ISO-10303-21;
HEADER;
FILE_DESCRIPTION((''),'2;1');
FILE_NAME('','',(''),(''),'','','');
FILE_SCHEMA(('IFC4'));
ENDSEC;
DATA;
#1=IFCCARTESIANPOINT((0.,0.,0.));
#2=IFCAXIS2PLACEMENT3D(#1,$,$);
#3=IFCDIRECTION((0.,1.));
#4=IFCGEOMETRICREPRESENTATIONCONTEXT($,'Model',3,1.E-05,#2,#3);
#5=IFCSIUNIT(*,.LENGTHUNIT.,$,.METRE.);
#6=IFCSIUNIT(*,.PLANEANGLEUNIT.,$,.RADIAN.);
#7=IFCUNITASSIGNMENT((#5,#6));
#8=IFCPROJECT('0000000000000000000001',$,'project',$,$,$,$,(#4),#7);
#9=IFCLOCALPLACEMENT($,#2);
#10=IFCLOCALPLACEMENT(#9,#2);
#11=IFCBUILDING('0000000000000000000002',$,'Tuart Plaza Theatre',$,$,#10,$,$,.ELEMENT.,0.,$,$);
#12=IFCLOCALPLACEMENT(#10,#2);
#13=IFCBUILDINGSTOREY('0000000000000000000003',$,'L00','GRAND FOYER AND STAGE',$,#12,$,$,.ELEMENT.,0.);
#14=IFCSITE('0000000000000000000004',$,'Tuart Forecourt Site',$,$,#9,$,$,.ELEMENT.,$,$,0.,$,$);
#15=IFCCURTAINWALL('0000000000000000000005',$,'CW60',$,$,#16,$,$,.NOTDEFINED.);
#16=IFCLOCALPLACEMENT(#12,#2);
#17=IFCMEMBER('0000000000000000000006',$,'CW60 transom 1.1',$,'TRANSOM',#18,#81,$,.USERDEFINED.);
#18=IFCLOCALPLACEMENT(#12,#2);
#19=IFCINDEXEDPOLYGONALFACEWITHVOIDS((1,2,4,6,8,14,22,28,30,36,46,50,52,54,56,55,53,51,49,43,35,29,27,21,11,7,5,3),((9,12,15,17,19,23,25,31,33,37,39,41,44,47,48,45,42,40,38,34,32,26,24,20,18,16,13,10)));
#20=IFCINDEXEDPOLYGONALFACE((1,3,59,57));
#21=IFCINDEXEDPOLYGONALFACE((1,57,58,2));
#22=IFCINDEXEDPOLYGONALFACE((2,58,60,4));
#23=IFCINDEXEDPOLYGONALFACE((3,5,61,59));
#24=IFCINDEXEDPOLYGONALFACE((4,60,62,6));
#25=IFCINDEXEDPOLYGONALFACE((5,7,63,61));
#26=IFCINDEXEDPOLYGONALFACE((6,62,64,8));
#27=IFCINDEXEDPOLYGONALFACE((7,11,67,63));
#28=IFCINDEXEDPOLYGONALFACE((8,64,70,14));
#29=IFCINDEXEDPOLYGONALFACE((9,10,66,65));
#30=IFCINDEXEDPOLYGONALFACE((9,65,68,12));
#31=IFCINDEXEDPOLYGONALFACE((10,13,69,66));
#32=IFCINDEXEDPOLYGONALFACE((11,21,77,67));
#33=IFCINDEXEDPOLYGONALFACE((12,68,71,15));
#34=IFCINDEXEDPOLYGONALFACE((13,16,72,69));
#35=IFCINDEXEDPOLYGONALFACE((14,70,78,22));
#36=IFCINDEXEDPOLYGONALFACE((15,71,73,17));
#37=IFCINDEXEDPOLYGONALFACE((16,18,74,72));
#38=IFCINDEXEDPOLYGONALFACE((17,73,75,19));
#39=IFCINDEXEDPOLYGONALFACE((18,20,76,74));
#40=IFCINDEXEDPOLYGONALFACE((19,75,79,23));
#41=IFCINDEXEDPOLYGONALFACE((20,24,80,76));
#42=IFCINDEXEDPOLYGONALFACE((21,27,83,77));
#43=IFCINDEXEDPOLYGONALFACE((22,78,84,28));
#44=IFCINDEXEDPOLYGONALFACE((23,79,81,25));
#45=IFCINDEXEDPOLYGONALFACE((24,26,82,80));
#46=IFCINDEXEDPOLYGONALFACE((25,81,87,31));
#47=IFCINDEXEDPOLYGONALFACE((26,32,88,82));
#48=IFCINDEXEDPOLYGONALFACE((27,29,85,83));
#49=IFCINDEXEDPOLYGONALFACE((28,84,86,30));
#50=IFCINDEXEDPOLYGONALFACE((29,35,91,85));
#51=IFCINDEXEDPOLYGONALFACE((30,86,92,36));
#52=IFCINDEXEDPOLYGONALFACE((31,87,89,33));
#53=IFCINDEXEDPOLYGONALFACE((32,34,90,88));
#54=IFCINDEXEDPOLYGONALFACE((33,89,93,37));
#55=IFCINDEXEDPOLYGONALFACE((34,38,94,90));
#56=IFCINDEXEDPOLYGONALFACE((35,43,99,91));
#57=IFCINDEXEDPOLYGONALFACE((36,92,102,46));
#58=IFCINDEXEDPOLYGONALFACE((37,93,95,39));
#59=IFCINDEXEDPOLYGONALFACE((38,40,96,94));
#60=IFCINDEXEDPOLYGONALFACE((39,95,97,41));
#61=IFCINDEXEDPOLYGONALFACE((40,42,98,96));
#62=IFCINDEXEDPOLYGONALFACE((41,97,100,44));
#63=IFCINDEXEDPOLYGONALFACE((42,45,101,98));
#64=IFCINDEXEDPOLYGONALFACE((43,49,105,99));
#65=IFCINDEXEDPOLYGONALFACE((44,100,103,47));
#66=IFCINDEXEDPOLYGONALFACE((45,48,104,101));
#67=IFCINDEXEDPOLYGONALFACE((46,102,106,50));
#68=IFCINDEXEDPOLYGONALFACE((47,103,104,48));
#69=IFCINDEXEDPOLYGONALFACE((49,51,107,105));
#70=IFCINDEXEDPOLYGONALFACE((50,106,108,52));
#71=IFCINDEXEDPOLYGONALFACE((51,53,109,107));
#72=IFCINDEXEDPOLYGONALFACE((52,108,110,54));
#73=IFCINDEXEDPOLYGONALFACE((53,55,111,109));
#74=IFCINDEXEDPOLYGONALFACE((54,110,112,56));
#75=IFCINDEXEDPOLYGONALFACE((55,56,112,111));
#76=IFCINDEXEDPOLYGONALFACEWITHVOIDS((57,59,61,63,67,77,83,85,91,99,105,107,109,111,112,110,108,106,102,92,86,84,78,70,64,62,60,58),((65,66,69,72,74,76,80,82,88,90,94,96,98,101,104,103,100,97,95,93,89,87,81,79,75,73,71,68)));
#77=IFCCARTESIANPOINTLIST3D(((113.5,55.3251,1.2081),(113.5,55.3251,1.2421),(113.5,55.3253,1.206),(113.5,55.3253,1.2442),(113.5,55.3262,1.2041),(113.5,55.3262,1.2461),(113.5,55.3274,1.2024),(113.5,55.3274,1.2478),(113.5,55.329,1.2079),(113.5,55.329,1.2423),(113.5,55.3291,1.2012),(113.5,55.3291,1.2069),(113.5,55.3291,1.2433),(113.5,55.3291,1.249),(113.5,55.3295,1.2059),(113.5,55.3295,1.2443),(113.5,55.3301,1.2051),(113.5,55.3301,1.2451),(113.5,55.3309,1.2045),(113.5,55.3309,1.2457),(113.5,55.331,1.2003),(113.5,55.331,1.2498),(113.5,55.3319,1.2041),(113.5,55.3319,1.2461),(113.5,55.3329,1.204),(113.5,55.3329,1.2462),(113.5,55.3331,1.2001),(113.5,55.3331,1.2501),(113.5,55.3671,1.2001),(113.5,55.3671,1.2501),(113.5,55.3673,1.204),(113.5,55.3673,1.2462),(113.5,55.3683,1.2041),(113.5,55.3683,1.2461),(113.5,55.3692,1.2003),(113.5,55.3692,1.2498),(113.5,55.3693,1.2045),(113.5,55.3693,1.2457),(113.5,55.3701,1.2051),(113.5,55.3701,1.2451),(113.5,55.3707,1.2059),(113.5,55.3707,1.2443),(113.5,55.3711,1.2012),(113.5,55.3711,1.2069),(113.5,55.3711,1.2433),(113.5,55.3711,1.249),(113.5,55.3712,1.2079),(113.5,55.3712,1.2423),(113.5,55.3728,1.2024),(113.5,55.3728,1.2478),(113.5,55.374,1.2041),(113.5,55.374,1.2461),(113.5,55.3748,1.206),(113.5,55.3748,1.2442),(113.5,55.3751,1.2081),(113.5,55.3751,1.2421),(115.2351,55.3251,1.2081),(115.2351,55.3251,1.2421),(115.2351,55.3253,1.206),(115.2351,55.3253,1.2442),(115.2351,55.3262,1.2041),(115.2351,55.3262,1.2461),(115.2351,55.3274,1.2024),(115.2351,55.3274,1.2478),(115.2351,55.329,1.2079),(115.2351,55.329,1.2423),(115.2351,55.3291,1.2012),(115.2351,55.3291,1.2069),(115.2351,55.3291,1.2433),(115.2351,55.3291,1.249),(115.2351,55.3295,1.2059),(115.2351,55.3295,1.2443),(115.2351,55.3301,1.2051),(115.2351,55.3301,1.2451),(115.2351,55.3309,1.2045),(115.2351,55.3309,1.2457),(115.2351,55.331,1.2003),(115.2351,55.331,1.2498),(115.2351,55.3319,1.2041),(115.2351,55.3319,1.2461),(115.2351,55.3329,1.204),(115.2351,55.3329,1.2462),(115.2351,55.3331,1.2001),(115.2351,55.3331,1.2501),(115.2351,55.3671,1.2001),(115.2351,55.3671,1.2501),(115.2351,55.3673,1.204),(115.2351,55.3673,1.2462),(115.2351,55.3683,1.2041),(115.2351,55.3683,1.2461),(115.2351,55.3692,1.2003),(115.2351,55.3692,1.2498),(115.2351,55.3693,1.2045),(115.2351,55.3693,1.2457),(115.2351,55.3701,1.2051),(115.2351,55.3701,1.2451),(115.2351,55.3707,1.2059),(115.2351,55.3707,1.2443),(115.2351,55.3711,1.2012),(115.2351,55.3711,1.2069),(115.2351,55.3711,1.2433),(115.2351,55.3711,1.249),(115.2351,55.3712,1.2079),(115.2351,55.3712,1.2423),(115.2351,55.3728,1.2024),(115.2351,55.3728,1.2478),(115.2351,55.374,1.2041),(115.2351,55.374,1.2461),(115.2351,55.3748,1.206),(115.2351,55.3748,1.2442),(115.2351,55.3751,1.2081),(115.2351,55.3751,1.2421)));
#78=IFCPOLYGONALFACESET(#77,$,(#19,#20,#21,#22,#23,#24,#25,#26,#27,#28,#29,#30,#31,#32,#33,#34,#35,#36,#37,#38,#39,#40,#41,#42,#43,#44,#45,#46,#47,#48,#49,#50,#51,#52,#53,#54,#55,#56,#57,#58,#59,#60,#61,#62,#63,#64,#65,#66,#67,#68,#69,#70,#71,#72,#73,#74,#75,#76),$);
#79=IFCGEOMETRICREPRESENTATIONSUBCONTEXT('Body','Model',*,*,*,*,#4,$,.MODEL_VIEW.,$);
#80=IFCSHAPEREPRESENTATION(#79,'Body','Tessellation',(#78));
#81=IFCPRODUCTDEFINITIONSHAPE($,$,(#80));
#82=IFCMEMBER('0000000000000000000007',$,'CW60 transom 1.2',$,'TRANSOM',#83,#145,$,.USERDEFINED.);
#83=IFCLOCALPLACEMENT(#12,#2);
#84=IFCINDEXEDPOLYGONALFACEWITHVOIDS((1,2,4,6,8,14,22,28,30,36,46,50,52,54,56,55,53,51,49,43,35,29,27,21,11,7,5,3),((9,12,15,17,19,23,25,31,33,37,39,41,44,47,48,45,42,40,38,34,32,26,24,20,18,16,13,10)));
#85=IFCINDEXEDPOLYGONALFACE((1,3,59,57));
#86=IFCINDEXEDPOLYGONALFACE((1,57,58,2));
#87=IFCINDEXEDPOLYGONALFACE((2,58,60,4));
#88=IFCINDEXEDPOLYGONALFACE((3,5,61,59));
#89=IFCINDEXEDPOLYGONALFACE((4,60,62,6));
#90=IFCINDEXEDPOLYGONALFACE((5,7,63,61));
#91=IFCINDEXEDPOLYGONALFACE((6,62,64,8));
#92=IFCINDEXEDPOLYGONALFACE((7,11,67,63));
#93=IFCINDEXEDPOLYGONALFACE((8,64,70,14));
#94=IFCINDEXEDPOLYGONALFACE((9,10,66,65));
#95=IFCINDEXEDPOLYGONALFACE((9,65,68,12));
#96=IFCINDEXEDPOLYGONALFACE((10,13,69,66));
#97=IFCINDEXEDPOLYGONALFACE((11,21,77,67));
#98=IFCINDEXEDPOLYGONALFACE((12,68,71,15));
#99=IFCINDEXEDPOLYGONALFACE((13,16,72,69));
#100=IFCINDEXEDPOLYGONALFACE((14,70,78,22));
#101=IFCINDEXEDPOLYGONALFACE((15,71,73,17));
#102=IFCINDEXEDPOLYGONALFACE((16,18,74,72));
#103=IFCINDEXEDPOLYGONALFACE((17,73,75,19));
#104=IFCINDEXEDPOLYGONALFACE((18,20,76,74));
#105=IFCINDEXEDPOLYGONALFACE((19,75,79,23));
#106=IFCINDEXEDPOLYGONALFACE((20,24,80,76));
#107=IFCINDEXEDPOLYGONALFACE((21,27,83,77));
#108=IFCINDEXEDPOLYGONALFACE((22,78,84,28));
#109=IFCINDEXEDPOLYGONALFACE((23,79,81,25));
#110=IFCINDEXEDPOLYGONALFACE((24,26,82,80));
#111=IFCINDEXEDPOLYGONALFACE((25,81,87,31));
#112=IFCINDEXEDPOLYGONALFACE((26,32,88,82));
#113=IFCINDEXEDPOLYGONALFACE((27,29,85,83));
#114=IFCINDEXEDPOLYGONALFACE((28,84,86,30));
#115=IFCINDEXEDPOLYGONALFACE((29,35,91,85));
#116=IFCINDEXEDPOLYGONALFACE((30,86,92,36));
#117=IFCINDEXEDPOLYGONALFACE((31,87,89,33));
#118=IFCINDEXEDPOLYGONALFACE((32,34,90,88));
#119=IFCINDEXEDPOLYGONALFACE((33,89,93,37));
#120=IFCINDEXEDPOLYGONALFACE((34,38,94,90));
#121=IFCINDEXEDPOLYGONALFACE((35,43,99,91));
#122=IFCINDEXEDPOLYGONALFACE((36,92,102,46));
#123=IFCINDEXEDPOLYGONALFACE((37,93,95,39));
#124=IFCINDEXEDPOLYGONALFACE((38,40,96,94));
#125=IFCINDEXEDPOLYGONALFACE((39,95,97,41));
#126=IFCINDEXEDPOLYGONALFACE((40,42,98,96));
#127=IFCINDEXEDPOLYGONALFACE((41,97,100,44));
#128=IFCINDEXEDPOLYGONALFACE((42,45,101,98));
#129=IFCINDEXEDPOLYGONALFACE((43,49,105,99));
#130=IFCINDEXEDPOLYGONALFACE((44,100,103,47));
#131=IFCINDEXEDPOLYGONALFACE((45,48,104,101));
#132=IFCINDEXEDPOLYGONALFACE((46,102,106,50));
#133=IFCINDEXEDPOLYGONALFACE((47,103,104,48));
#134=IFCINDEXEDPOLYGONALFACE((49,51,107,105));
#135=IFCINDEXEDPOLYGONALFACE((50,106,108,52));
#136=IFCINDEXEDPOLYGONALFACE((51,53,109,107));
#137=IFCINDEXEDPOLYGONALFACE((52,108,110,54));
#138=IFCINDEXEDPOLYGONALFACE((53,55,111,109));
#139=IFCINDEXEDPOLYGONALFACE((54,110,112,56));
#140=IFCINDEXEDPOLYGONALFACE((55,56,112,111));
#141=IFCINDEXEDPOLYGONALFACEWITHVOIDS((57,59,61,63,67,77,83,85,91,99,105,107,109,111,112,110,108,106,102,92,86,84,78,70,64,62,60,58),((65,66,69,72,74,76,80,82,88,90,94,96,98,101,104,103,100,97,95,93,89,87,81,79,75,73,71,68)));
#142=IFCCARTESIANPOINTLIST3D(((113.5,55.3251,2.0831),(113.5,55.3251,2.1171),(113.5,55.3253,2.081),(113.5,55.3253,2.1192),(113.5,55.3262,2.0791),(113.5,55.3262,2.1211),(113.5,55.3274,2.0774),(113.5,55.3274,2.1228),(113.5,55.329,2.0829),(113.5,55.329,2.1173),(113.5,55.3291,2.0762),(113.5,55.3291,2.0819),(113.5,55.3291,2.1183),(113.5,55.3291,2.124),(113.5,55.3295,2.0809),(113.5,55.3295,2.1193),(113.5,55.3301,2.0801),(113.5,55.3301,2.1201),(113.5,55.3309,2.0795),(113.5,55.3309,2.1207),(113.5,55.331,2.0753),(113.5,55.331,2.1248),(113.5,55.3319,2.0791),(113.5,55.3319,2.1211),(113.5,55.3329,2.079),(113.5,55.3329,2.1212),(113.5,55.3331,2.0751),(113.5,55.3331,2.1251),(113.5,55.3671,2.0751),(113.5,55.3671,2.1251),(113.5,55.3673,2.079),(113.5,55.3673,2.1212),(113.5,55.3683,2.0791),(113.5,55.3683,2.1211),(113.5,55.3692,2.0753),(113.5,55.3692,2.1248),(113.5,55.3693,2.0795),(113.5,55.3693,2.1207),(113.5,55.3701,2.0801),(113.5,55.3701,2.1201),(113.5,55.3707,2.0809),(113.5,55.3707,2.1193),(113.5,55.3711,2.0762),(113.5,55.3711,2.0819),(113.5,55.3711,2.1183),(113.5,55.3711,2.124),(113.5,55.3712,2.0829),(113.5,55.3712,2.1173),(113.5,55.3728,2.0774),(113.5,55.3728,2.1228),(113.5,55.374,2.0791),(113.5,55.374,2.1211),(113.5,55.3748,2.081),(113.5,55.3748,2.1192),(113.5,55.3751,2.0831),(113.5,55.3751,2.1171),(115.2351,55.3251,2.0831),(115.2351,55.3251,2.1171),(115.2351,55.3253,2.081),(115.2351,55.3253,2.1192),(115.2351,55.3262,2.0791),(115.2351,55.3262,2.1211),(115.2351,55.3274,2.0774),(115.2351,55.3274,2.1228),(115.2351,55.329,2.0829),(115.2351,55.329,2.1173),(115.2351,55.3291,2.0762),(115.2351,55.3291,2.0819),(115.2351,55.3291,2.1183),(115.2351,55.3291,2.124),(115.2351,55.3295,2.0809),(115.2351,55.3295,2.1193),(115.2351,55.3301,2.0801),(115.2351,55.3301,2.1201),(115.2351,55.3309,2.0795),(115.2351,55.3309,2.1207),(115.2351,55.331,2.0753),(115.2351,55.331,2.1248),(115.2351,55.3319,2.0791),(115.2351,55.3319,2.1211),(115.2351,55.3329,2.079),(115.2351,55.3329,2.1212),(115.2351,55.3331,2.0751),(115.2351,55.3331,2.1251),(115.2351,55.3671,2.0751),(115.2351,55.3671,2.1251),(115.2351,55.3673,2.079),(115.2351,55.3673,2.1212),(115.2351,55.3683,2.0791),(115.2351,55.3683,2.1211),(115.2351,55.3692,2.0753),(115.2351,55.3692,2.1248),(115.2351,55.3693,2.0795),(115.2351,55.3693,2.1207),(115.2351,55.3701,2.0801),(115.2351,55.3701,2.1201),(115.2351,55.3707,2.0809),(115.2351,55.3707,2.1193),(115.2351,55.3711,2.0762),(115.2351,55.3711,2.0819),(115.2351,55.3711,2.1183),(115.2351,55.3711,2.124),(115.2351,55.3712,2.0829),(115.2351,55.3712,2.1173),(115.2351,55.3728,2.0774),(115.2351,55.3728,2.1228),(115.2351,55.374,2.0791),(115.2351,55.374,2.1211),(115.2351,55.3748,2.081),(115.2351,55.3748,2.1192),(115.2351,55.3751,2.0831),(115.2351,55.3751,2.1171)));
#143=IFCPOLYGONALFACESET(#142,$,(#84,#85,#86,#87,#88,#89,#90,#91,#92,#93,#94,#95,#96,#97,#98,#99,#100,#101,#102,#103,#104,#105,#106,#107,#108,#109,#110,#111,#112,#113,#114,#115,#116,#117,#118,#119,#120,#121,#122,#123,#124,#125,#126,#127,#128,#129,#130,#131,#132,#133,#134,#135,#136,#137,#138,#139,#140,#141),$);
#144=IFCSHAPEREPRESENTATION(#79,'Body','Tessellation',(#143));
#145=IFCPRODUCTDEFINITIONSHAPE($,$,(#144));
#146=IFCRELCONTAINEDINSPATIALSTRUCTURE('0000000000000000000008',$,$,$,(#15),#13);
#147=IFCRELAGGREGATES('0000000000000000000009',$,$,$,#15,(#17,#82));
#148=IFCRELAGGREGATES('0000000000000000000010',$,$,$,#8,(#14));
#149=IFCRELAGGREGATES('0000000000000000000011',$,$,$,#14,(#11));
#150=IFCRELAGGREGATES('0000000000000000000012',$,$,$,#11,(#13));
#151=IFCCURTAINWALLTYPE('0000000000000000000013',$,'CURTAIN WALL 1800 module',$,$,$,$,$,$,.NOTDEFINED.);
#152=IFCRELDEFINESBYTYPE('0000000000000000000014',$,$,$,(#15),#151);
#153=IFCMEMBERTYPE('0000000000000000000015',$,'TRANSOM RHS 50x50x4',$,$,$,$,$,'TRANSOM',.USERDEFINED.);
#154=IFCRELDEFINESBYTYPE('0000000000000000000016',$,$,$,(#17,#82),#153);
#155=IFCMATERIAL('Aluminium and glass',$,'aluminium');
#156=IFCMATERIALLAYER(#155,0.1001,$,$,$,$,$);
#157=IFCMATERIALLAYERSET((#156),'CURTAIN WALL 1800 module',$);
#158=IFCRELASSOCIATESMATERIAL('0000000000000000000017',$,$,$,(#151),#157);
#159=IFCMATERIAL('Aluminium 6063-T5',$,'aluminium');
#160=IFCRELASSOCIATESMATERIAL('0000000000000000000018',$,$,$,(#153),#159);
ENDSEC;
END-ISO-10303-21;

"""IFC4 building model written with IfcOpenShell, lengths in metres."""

from ifc_helpers import new_model, si_unit, direction, frame, origin, origin_2d, place, context, subcontext, project, spatial, hollow_rectangle, extrude, material, layer, layer_set, material_profile, profile_set, type_object, element, aggregate, save


model = new_model("IFC4")

# Units and contexts
model_context = context("Model", 3, precision=1e-05, world=origin(), true_north=direction((0.0, 1.0)))
body_context = subcontext(model_context, "Body", "Model", "MODEL_VIEW")
ifc_project = project(units=[si_unit("LENGTHUNIT", "METRE"), si_unit("PLANEANGLEUNIT", "RADIAN")], contexts=[model_context])

# Site, building, storey
site_placement = place(None, origin())
site = spatial("IfcSite", under=ifc_project, at=site_placement, Name="Tuart Forecourt Site", CompositionType="ELEMENT", RefElevation=0.0)
building_placement = place(site_placement, origin())
building = spatial("IfcBuilding", under=site, at=building_placement, Name="Tuart Plaza Theatre", CompositionType="ELEMENT", ElevationOfRefHeight=0.0)
storey_placement = place(building_placement, origin())
storey = spatial("IfcBuildingStorey", under=building, at=storey_placement, Name="L00", Description="GRAND FOYER AND STAGE", CompositionType="ELEMENT", Elevation=0.0)

# Curtain wall
ifc_material_1 = material(Name="Aluminium and glass", Category="aluminium")
ifc_layer_1 = layer(ifc_material_1, 0.1001)
ifc_layer_set_1 = layer_set([ifc_layer_1], Name="CURTAIN WALL 1800 module")
curtain_wall_type_1 = type_object("IfcCurtainWallType", Name="CURTAIN WALL 1800 module", PredefinedType="NOTDEFINED", material=ifc_layer_set_1)
curtain_wall_1_placement = place(storey_placement, origin())
curtain_wall_1 = element("IfcCurtainWall", 1, at=curtain_wall_1_placement, inside=storey, type_object=curtain_wall_type_1, Name="CW60", PredefinedType="NOTDEFINED")

# Members
ifc_material_2 = material(Name="Aluminium 6063-T5", Category="aluminium")
ifc_material_profile_1 = material_profile(ifc_material_2, hollow_rectangle(XDim=0.05, YDim=0.05, WallThickness=0.0039, InnerFilletRadius=0.0039, OuterFilletRadius=0.0081, at=origin_2d()), Name="RHS 50x50x4")
ifc_profile_set_1 = profile_set([ifc_material_profile_1], Name="Aluminium 6063-T5")
member_type_1 = type_object("IfcMemberType", Name="TRANSOM RHS 50x50x4", ElementType="TRANSOM", PredefinedType="USERDEFINED", material=ifc_profile_set_1)
member_1_placement = place(storey_placement, frame((113.5, 55.3501, 1.2251), z_axis=(1.0, 0.0, 0.0), x_axis=(0.0, 1.0, 0.0)))
member_1 = element("IfcMember", 2, at=member_1_placement, type_object=member_type_1, Name="CW60 transom 1.1", ObjectType="TRANSOM", PredefinedType="USERDEFINED", context=body_context, shape_type="SweptSolid", body=[
    extrude(hollow_rectangle(XDim=0.05, YDim=0.05, WallThickness=0.0039, InnerFilletRadius=0.0039, OuterFilletRadius=0.0081, at=origin_2d()), origin(), (0.0, 0.0, 1.0), 1.7351),
])
member_2_placement = place(storey_placement, frame((113.5, 55.3501, 2.1001), z_axis=(1.0, 0.0, 0.0), x_axis=(0.0, 1.0, 0.0)))
member_2 = element("IfcMember", 3, at=member_2_placement, type_object=member_type_1, Name="CW60 transom 1.2", ObjectType="TRANSOM", PredefinedType="USERDEFINED", context=body_context, shape_type="SweptSolid", body=[
    extrude(hollow_rectangle(XDim=0.05, YDim=0.05, WallThickness=0.0039, InnerFilletRadius=0.0039, OuterFilletRadius=0.0081, at=origin_2d()), origin(), (0.0, 0.0, 1.0), 1.7351),
])

aggregate(curtain_wall_1, [member_1, member_2])

save(model, "model.ifc")
